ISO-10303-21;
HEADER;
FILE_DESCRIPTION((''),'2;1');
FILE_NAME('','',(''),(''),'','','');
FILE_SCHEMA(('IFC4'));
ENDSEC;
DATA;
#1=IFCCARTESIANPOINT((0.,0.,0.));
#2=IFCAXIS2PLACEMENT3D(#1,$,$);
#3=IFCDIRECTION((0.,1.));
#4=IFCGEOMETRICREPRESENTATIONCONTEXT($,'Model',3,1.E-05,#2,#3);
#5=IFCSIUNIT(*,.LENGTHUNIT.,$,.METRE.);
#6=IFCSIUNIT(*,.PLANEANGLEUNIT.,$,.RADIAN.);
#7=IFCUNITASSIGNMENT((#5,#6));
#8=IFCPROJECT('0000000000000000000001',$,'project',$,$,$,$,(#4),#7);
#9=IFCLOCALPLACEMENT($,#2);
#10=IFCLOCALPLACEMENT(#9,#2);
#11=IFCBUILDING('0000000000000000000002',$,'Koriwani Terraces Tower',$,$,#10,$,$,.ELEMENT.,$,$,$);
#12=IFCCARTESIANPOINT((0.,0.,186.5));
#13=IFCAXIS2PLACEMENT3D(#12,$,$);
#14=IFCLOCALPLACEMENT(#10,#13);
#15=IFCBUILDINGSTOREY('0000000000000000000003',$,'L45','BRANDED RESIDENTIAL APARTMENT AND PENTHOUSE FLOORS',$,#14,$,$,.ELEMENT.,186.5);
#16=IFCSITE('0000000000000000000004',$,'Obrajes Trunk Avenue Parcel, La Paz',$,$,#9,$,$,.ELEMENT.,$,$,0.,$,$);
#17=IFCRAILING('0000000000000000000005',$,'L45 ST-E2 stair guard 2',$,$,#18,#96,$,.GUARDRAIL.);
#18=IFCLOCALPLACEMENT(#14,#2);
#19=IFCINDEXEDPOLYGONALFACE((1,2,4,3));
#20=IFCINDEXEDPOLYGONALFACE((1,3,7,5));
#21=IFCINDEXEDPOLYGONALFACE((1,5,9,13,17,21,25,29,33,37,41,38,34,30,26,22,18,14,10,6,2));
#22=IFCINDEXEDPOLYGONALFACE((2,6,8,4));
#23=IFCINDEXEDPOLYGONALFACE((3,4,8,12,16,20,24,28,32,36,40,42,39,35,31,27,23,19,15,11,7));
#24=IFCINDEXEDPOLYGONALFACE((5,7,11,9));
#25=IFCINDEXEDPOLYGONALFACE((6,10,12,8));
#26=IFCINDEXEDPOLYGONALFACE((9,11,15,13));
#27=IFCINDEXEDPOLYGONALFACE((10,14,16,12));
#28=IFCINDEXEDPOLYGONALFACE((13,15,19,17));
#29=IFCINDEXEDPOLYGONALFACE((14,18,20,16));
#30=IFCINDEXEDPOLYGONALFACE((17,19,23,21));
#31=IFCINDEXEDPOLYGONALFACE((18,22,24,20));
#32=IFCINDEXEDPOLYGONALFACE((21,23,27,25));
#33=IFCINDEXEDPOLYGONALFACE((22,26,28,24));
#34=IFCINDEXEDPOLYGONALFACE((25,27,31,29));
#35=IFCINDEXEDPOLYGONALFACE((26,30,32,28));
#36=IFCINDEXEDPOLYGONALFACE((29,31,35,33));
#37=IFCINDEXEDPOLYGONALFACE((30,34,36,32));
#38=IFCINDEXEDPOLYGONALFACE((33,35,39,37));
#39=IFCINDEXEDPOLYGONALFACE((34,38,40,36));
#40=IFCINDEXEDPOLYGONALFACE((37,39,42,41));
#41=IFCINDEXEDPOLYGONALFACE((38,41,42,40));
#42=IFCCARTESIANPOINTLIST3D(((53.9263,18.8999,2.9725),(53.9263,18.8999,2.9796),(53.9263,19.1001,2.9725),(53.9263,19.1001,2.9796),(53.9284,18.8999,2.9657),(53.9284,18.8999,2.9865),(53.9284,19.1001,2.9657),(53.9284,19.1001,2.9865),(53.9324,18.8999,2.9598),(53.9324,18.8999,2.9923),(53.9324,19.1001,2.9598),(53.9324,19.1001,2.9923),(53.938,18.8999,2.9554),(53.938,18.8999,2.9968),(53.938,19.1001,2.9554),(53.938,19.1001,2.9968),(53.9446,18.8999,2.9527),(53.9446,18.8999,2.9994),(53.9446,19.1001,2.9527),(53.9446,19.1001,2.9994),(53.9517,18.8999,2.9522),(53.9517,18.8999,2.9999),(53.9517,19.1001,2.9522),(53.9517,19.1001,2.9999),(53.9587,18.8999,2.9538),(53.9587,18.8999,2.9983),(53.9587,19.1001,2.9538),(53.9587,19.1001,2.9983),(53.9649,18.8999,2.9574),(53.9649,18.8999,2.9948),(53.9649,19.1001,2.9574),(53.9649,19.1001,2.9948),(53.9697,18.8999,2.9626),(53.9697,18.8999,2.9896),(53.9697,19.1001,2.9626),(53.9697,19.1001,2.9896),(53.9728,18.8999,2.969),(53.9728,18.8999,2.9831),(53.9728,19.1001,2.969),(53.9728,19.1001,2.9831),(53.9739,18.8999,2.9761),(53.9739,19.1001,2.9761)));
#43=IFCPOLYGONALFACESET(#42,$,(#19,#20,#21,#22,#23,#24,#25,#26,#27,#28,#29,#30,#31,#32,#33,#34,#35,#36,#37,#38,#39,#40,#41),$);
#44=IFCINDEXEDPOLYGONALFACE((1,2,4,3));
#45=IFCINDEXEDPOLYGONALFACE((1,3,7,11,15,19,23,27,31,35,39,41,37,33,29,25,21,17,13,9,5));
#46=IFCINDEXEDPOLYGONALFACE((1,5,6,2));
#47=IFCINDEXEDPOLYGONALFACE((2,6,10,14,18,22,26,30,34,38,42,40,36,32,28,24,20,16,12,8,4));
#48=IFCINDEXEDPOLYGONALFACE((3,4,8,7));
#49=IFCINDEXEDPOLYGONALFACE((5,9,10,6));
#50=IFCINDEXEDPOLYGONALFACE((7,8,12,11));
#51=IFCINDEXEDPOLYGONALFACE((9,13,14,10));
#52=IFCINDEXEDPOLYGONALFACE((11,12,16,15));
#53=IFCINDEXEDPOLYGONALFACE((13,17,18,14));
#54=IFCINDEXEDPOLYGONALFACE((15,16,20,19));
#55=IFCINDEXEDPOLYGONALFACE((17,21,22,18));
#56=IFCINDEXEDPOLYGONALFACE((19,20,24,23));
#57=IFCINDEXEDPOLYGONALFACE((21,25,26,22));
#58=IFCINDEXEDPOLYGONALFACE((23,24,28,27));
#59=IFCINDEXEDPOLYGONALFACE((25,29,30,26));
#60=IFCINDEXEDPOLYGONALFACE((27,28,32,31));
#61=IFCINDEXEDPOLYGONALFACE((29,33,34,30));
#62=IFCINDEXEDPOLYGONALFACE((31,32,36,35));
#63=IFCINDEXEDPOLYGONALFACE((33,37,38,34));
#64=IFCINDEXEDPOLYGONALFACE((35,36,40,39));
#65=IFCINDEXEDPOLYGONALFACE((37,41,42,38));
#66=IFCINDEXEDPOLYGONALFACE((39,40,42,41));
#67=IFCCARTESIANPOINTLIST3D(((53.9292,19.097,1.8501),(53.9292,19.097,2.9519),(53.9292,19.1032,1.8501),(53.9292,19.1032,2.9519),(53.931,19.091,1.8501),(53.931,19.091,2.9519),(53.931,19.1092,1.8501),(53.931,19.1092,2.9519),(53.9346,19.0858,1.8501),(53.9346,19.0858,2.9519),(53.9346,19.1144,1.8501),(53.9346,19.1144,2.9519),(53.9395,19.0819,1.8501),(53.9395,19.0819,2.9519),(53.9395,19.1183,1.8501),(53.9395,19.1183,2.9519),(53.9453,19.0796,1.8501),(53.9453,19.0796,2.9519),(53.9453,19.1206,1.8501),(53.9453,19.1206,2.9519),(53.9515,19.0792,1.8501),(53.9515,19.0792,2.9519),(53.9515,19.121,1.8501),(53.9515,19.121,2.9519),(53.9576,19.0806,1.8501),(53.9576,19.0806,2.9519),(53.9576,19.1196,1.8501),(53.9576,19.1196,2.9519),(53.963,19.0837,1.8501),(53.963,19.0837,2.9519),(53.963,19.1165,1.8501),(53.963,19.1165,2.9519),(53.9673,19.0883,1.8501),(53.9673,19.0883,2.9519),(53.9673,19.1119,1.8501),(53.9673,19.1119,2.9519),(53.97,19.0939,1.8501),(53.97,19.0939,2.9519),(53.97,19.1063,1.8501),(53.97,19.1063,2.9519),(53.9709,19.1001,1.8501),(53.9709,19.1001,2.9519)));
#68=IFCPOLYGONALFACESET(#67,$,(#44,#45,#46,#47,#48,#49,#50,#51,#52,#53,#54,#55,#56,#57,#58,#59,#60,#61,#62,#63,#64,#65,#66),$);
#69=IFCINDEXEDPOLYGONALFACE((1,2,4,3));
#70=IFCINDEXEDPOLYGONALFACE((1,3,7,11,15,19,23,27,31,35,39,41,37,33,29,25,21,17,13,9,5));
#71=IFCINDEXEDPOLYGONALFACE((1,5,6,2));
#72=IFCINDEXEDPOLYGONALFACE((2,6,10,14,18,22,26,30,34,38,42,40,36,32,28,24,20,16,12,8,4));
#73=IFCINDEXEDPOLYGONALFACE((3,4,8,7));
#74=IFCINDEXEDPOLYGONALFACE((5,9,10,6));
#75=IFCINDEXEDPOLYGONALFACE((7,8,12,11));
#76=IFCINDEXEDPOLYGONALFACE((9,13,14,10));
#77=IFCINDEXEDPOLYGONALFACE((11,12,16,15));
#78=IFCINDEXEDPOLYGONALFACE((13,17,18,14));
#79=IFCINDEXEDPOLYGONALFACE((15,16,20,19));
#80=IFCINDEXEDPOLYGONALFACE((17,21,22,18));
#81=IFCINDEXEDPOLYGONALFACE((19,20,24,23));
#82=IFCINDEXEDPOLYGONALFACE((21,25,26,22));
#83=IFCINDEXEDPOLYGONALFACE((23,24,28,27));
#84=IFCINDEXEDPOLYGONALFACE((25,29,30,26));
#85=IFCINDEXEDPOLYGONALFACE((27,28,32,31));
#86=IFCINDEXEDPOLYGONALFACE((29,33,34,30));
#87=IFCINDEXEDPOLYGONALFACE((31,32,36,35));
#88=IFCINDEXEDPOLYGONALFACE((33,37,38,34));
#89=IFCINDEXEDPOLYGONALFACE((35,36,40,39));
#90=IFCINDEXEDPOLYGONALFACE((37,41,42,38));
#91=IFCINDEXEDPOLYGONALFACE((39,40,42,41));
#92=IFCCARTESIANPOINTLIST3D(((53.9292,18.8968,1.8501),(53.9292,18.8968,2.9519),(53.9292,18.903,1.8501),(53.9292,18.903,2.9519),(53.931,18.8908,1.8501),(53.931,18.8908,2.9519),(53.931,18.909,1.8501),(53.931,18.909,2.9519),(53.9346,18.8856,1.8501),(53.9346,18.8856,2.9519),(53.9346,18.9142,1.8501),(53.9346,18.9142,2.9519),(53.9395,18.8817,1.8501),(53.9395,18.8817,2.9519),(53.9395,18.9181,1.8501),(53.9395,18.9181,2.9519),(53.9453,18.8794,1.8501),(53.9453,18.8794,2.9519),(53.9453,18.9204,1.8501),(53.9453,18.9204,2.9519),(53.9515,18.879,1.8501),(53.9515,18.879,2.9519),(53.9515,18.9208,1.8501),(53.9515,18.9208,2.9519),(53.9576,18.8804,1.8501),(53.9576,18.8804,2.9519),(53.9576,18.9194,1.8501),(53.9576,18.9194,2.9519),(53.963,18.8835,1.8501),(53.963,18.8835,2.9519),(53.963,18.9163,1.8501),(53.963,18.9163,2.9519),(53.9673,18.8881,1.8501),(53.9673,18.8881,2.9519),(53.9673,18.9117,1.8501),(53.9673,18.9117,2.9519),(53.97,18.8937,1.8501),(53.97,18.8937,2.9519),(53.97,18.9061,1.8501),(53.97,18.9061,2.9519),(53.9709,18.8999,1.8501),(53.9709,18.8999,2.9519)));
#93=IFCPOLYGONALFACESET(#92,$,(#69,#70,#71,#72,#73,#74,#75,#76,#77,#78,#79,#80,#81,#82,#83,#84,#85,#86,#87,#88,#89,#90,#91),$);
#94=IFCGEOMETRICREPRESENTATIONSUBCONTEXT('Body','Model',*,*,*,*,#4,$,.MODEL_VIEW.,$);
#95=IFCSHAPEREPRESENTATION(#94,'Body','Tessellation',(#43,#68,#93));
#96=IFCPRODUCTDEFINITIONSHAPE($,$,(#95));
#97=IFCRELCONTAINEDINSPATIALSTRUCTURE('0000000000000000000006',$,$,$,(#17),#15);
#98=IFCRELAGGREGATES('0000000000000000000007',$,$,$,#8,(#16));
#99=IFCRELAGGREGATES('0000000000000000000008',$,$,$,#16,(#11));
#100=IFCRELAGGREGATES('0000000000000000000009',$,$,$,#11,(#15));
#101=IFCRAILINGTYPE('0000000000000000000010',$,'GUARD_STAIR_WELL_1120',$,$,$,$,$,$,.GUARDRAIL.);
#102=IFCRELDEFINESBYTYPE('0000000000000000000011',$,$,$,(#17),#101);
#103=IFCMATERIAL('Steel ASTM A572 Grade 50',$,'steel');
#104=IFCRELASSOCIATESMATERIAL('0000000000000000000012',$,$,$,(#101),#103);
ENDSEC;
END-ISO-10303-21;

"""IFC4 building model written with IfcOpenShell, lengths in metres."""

from ifc_helpers import new_model, si_unit, direction, frame, origin, origin_2d, place, context, subcontext, project, spatial, circle, extrude, material, type_object, element, save


model = new_model("IFC4")

# Units and contexts
model_context = context("Model", 3, precision=1e-05, world=origin(), true_north=direction((0.0, 1.0)))
body_context = subcontext(model_context, "Body", "Model", "MODEL_VIEW")
ifc_project = project(units=[si_unit("LENGTHUNIT", "METRE"), si_unit("PLANEANGLEUNIT", "RADIAN")], contexts=[model_context])

# Site, building, storey
site_placement = place(None, origin())
site = spatial("IfcSite", under=ifc_project, at=site_placement, Name="Obrajes Trunk Avenue Parcel, La Paz", CompositionType="ELEMENT", RefElevation=0.0)
building_placement = place(site_placement, origin())
building = spatial("IfcBuilding", under=site, at=building_placement, Name="Koriwani Terraces Tower", CompositionType="ELEMENT")
storey_placement = place(building_placement, frame((0.0, 0.0, 186.5)))
storey = spatial("IfcBuildingStorey", under=building, at=storey_placement, Name="L45", Description="BRANDED RESIDENTIAL APARTMENT AND PENTHOUSE FLOORS", CompositionType="ELEMENT", Elevation=186.5)

# Shared definitions
ifc_material_1 = material(Name="Steel ASTM A572 Grade 50", Category="steel")

# Railing
railing_type_1 = type_object("IfcRailingType", Name="GUARD_STAIR_WELL_1120", PredefinedType="GUARDRAIL", material=ifc_material_1)
railing_1_placement = place(storey_placement, frame((53.95, 19.1001, 1.8501)))
element("IfcRailing", 1, at=railing_1_placement, inside=storey, type_object=railing_type_1, Name="L45 ST-E2 stair guard 2", PredefinedType="GUARDRAIL", context=body_context, shape_type="SweptSolid", body=[
    extrude(circle(Radius=0.0239, at=origin_2d()), frame((0.0, 0.0, 1.126), z_axis=(0.0, -1.0, 0.0), x_axis=(1.0, 0.0, 0.0)), (0.0, 0.0, 1.0), 0.2002),
    extrude(circle(Radius=0.021, at=origin_2d()), origin(), (0.0, 0.0, 1.0), 1.1018),
    extrude(circle(Radius=0.021, at=origin_2d()), frame((0.0, -0.2002, 0.0)), (0.0, 0.0, 1.0), 1.1018),
])

save(model, "model.ifc")
